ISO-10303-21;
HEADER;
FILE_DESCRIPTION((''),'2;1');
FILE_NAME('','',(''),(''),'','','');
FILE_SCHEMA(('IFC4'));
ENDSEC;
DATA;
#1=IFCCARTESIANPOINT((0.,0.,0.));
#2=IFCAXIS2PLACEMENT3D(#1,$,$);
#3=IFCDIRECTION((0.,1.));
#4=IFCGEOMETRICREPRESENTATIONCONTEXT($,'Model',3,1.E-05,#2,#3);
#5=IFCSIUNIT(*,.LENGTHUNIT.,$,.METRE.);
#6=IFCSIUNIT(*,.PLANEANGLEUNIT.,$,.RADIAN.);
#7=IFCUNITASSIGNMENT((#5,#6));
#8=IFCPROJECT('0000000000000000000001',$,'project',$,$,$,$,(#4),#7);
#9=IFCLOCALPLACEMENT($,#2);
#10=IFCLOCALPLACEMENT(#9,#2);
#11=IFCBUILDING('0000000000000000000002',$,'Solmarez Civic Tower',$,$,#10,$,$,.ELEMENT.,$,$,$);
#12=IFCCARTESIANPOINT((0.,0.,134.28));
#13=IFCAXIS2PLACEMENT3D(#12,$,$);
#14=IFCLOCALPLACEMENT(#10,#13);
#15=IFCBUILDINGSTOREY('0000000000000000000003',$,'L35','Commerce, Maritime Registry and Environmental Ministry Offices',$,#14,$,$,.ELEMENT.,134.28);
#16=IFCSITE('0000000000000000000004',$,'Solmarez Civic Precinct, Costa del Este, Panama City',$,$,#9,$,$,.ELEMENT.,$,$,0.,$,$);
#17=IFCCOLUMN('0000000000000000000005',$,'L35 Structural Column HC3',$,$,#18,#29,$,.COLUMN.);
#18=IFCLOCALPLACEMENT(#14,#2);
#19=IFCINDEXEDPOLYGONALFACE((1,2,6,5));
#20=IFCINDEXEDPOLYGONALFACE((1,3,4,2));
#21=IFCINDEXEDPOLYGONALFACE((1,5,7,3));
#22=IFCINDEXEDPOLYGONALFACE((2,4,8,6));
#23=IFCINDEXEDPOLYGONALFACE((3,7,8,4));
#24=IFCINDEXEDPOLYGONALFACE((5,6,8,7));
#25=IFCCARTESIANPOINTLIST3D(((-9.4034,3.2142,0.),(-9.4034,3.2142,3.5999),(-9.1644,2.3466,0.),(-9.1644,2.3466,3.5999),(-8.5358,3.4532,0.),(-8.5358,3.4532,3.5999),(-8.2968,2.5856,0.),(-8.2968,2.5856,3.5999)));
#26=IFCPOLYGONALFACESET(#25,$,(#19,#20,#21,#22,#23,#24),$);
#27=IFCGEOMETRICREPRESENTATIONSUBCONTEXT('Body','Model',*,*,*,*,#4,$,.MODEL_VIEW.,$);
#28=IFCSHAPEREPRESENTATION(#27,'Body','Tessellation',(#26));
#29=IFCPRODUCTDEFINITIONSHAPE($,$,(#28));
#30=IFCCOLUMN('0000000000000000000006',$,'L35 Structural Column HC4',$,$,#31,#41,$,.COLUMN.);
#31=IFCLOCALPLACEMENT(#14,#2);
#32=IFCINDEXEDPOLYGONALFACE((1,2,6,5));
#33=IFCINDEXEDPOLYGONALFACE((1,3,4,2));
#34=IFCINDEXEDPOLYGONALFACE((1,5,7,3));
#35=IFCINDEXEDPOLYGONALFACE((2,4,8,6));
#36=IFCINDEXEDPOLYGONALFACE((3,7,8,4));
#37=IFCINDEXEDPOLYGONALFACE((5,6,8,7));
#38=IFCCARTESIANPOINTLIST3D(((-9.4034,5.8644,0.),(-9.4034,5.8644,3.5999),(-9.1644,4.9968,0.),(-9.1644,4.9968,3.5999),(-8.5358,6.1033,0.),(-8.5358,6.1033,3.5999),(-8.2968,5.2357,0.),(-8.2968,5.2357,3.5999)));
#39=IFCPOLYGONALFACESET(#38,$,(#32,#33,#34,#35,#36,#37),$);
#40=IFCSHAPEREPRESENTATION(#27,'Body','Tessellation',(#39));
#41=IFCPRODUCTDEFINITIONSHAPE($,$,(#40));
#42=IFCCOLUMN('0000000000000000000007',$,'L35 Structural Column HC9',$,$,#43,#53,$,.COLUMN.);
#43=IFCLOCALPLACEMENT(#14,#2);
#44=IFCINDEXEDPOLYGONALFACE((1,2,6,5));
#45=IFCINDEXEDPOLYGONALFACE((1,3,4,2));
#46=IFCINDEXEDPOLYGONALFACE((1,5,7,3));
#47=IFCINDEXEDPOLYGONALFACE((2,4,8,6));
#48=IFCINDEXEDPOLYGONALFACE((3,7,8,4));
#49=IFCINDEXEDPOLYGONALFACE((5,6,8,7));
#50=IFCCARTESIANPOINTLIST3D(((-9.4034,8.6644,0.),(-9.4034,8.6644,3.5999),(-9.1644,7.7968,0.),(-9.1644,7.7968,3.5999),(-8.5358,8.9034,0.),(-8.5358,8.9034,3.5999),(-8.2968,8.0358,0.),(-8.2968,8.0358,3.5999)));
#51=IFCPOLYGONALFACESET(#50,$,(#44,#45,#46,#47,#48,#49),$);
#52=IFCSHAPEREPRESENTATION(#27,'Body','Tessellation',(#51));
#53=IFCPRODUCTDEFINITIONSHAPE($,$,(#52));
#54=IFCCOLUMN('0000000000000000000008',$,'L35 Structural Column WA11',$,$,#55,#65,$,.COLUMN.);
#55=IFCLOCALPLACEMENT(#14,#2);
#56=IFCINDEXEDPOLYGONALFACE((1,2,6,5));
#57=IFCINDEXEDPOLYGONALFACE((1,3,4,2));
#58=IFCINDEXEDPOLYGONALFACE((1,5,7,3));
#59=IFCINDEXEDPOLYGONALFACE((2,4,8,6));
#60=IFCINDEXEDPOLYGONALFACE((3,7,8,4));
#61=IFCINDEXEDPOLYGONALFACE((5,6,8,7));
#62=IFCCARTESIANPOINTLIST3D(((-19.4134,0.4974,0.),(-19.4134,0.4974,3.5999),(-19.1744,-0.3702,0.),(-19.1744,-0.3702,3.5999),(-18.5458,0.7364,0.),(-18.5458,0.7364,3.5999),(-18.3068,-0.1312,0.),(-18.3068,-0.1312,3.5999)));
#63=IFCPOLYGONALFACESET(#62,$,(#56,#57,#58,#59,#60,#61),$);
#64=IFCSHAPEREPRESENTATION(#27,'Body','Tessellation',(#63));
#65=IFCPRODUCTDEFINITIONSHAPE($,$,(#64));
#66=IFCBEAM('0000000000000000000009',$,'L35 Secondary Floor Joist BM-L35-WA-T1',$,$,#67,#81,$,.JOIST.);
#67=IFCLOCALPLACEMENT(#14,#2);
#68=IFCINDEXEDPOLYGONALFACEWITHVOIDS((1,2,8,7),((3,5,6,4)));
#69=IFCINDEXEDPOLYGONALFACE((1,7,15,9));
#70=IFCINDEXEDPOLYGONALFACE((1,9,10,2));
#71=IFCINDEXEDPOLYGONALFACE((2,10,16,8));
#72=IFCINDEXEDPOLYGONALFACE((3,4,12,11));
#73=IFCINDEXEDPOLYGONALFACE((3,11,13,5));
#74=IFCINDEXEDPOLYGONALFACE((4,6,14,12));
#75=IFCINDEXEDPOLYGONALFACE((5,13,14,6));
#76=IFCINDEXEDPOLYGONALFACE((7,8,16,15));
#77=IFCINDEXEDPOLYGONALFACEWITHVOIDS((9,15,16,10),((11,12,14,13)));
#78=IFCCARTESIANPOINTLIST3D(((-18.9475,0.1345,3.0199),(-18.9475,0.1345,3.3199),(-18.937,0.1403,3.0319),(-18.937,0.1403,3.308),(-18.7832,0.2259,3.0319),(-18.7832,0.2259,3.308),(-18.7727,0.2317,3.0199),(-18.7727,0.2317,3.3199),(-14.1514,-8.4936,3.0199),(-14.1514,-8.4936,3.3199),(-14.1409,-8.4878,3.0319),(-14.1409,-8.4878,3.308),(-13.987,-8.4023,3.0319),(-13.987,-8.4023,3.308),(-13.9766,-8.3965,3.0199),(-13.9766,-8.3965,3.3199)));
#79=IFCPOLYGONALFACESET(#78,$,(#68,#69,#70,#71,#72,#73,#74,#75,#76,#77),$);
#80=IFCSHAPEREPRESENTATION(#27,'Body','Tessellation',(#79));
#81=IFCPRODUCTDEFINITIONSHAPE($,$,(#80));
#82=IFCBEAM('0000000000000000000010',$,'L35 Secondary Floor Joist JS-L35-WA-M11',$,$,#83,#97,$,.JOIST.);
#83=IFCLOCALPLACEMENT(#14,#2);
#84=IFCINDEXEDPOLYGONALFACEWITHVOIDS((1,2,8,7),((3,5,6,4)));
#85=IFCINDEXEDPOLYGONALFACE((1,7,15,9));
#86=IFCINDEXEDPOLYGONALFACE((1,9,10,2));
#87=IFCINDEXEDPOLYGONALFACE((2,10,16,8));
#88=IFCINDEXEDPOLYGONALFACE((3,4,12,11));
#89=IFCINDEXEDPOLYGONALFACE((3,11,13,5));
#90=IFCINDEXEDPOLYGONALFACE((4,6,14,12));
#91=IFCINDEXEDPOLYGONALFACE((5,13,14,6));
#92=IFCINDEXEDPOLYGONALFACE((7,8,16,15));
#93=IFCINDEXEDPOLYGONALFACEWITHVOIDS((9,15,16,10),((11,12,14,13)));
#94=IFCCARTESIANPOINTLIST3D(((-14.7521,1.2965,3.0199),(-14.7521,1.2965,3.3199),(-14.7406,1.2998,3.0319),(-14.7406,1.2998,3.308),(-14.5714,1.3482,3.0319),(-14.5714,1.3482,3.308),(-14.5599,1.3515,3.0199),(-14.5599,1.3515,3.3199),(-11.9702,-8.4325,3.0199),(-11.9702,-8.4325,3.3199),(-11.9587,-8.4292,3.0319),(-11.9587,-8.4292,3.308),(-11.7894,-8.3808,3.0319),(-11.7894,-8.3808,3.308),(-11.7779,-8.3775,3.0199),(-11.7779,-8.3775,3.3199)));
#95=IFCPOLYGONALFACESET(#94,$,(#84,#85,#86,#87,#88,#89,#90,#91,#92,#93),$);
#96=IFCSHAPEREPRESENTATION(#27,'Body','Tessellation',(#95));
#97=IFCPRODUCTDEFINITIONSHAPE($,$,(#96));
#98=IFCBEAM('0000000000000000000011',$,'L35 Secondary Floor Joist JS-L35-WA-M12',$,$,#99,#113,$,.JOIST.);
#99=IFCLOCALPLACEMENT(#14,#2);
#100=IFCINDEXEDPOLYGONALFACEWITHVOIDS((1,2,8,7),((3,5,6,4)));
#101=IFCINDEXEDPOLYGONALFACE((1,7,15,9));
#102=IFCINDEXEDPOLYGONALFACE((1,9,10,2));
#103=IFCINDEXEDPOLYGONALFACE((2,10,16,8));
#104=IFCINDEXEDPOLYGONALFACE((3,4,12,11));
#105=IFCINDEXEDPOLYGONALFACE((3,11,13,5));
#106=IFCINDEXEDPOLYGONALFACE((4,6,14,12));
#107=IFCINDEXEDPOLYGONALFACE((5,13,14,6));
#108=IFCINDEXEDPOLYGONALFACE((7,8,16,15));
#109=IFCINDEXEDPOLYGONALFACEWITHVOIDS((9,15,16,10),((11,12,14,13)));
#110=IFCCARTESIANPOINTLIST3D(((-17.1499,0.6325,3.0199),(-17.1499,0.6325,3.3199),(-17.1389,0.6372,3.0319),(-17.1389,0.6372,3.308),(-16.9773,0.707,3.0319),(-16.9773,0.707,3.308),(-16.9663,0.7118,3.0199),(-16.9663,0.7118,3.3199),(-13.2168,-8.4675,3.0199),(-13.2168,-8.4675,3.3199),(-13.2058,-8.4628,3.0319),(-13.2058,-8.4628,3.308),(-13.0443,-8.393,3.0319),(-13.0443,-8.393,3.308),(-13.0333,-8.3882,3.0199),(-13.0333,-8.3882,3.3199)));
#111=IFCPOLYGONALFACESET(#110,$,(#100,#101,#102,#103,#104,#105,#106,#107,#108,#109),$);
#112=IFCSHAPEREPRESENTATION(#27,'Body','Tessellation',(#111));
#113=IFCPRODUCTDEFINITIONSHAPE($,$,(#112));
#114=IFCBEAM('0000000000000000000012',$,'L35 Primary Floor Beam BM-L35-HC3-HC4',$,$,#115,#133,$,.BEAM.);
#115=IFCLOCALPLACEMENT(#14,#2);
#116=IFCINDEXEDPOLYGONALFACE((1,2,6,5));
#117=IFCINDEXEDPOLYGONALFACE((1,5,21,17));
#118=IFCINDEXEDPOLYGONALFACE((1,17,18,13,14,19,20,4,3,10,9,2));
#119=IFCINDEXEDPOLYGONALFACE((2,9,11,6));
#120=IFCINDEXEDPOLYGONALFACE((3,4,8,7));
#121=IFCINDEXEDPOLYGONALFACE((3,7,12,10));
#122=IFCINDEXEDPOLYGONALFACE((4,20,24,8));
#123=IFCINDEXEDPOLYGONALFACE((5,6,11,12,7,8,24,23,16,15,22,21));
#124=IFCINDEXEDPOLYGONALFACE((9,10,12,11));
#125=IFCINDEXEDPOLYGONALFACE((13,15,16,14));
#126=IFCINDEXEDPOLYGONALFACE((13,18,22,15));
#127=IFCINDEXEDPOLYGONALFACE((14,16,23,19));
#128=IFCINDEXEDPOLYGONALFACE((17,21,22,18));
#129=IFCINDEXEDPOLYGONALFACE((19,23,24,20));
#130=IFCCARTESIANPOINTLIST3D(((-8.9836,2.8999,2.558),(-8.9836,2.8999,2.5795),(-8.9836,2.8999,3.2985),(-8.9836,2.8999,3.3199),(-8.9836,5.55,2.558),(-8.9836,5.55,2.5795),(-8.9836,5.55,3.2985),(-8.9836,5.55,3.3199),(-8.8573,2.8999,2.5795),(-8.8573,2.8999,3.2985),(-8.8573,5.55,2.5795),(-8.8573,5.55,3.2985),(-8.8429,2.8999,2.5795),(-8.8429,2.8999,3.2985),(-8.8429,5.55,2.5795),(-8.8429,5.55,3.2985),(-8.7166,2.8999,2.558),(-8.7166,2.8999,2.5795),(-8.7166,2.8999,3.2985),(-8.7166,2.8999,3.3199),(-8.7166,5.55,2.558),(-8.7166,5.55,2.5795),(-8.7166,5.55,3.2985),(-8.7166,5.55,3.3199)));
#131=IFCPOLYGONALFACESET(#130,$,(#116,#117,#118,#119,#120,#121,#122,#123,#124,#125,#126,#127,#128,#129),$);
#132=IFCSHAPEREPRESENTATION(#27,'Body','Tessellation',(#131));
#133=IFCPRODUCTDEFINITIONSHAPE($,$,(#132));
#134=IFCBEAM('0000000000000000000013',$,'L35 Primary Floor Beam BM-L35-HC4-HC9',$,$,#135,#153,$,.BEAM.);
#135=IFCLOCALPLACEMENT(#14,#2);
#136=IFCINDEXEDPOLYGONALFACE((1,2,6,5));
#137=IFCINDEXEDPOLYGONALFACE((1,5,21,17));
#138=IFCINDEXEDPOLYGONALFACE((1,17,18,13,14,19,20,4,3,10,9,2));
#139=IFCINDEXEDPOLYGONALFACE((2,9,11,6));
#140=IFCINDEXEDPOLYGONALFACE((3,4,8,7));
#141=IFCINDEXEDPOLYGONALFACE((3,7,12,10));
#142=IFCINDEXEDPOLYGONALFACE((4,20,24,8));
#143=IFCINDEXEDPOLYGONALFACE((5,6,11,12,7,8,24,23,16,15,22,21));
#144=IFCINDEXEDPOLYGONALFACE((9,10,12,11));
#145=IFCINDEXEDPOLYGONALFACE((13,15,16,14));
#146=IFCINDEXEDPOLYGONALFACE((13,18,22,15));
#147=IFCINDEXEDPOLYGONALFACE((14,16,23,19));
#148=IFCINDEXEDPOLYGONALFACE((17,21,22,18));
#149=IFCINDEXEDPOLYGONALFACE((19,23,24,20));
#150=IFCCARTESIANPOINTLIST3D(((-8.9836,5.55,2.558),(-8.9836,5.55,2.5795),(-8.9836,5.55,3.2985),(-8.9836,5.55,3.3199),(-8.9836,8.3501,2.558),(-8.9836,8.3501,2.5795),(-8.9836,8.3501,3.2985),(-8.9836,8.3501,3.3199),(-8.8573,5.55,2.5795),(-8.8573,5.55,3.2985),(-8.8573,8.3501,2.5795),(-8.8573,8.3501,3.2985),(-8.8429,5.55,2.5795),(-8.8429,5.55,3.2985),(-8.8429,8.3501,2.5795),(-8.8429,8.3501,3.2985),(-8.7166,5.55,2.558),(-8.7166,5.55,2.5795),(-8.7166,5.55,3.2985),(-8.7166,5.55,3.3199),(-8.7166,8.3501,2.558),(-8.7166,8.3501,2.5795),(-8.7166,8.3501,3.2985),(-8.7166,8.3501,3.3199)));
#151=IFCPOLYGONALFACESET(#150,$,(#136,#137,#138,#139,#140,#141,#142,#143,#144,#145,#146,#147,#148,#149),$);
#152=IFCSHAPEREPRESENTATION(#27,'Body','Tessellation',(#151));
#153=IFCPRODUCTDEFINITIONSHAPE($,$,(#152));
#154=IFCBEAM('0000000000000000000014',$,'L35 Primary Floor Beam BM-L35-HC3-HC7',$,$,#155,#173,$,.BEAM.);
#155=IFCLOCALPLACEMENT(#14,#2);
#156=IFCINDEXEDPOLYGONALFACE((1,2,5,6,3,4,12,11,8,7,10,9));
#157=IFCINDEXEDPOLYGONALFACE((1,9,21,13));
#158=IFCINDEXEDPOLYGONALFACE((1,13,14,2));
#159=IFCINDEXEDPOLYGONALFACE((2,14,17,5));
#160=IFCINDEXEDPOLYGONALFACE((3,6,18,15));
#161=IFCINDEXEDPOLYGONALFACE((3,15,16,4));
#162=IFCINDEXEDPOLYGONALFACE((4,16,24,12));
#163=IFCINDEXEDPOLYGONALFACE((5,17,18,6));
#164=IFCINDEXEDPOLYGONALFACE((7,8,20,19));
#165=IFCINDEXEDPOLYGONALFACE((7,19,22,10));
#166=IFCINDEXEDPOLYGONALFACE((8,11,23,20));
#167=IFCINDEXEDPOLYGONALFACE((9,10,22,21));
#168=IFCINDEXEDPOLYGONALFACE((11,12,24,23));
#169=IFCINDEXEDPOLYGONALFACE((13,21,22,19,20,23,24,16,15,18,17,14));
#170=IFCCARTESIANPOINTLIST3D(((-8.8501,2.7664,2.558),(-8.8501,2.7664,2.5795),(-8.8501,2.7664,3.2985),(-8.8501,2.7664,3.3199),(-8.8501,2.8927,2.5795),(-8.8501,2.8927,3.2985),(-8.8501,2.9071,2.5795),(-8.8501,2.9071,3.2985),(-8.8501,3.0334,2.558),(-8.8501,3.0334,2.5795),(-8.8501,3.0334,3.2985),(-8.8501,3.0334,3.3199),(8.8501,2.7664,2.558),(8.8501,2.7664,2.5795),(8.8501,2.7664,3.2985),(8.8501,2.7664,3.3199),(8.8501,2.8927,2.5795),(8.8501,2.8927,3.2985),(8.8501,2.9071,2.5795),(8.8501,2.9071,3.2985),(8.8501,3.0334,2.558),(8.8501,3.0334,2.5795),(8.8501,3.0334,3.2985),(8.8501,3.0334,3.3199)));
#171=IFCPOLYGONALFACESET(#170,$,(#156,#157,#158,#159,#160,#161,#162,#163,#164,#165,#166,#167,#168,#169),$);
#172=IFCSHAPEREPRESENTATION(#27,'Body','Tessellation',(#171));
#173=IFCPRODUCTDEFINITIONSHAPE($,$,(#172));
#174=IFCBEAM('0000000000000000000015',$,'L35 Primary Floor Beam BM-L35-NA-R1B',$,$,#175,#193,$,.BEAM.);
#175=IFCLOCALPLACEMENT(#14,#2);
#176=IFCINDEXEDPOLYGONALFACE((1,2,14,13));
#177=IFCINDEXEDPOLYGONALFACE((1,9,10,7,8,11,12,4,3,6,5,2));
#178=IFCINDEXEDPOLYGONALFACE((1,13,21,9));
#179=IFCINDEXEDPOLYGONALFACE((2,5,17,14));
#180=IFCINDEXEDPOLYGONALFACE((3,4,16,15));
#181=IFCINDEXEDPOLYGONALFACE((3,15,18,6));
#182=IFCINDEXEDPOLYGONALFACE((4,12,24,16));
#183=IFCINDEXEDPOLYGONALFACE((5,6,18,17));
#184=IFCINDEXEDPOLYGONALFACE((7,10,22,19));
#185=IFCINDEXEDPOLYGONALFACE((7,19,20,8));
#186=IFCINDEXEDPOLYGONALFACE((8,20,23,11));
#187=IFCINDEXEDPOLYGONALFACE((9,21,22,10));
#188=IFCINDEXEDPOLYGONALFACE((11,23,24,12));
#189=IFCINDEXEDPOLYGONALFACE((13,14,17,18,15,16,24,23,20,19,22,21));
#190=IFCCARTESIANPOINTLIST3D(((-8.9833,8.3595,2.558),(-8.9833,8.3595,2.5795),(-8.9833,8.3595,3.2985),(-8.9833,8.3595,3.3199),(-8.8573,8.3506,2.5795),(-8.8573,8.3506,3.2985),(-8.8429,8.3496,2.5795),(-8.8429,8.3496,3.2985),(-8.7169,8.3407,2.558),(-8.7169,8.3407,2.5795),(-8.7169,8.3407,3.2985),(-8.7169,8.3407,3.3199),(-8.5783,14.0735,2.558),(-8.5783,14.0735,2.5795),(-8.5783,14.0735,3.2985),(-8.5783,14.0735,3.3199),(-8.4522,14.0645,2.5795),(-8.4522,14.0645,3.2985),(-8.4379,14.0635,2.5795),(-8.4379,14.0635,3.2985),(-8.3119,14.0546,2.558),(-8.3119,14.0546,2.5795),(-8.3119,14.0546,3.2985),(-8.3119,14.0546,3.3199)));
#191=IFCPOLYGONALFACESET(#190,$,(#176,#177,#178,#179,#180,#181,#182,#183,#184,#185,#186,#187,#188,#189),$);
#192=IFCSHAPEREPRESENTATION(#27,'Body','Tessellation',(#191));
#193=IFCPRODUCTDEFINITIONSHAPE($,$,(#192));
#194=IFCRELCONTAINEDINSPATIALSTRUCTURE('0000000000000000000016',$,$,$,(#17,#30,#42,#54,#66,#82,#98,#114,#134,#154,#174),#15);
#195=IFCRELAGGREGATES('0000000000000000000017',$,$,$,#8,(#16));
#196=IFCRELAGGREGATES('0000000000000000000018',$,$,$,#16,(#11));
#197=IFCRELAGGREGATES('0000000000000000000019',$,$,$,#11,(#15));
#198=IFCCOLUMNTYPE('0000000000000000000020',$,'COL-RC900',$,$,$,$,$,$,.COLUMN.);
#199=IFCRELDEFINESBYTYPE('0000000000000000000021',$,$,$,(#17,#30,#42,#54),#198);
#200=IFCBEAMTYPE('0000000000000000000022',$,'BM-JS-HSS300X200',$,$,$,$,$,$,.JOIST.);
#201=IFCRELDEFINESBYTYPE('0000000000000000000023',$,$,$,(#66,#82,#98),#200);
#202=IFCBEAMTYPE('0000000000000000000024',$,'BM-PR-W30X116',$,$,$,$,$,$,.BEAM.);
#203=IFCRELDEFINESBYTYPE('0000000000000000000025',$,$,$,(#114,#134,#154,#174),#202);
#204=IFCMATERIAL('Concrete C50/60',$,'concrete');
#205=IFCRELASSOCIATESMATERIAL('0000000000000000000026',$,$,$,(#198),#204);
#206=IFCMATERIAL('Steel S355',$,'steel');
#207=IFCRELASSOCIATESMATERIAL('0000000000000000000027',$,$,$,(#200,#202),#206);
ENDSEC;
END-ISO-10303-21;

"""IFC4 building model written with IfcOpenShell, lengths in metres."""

from ifc_helpers import new_model, si_unit, direction, frame, origin, origin_2d, place, context, subcontext, project, spatial, rectangle, hollow_rectangle, i_section, extrude, material, material_profile, profile_set, type_object, element, save


model = new_model("IFC4")

# Units and contexts
model_context = context("Model", 3, precision=1e-05, world=origin(), true_north=direction((0.0, 1.0)))
body_context = subcontext(model_context, "Body", "Model", "MODEL_VIEW")
ifc_project = project(units=[si_unit("LENGTHUNIT", "METRE"), si_unit("PLANEANGLEUNIT", "RADIAN")], contexts=[model_context])

# Site, building, storey
site_placement = place(None, origin())
site = spatial("IfcSite", under=ifc_project, at=site_placement, Name="Solmarez Civic Precinct, Costa del Este, Panama City", CompositionType="ELEMENT", RefElevation=0.0)
building_placement = place(site_placement, origin())
building = spatial("IfcBuilding", under=site, at=building_placement, Name="Solmarez Civic Tower", CompositionType="ELEMENT")
storey_placement = place(building_placement, frame((0.0, 0.0, 134.28)))
storey = spatial("IfcBuildingStorey", under=building, at=storey_placement, Name="L35", Description="Commerce, Maritime Registry and Environmental Ministry Offices", CompositionType="ELEMENT", Elevation=134.28)

# Columns
ifc_material_1 = material(Name="Concrete C50/60", Category="concrete")
ifc_material_profile_1 = material_profile(ifc_material_1, rectangle(XDim=0.8999, YDim=0.8999, at=origin_2d()), Name="RC900X900")
ifc_profile_set_1 = profile_set([ifc_material_profile_1], Name="Concrete C50/60")
column_type = type_object("IfcColumnType", Name="COL-RC900", PredefinedType="COLUMN", material=ifc_profile_set_1)
for number, where, z_axis, x_axis, name in (
    (1, (-8.8501, 2.8999, 0.0), (0.0, 0.0, 1.0), (0.964095, 0.265556, 0.0), "L35 Structural Column HC3"),
    (2, (-8.8501, 5.55, 0.0), (0.0, 0.0, 1.0), (0.964095, 0.265556, 0.0), "L35 Structural Column HC4"),
    (3, (-8.8501, 8.3501, 0.0), (0.0, 0.0, 1.0), (0.964095, 0.265556, 0.0), "L35 Structural Column HC9"),
    (4, (-18.8601, 0.1831, 0.0), (0.0, 0.0, 1.0), (0.964095, 0.265556, 0.0), "L35 Structural Column WA11"),
):
    element("IfcColumn", number, at=place(storey_placement, frame(where, z_axis=z_axis, x_axis=x_axis)), inside=storey, type_object=column_type, Name=name, PredefinedType="COLUMN", context=body_context, shape_type="SweptSolid", body=[
        extrude(rectangle(XDim=0.8999, YDim=0.8999, at=origin_2d()), origin(), (0.0, 0.0, 1.0), 3.5999),
    ])

# Beams
ifc_material_2 = material(Name="Steel S355", Category="steel")
ifc_material_profile_2 = material_profile(ifc_material_2, hollow_rectangle(XDim=0.2, YDim=0.3, WallThickness=0.012, at=origin_2d()), Name="HSS300X200X12")
ifc_profile_set_2 = profile_set([ifc_material_profile_2], Name="Steel S355")
beam_type_1 = type_object("IfcBeamType", Name="BM-JS-HSS300X200", PredefinedType="JOIST", material=ifc_profile_set_2)
beam_1_placement = place(storey_placement, frame((-18.8601, 0.1831, 3.1699), z_axis=(0.485853, -0.874041, 0.0), x_axis=(0.874041, 0.485853, 0.0)))
element("IfcBeam", 5, at=beam_1_placement, inside=storey, type_object=beam_type_1, Name="L35 Secondary Floor Joist BM-L35-WA-T1", PredefinedType="JOIST", context=body_context, shape_type="SweptSolid", body=[
    extrude(hollow_rectangle(XDim=0.2, YDim=0.3, WallThickness=0.012, at=origin_2d()), origin(), (0.0, 0.0, 1.0), 9.8716),
])
beam_2_placement = place(storey_placement, frame((-14.656, 1.324, 3.1699), z_axis=(0.274928, -0.961465, 0.0), x_axis=(0.961465, 0.274928, 0.0)))
element("IfcBeam", 6, at=beam_2_placement, inside=storey, type_object=beam_type_1, Name="L35 Secondary Floor Joist JS-L35-WA-M11", PredefinedType="JOIST", context=body_context, shape_type="SweptSolid", body=[
    extrude(hollow_rectangle(XDim=0.2, YDim=0.3, WallThickness=0.012, at=origin_2d()), origin(), (0.0, 0.0, 1.0), 10.1189),
])
beam_3_placement = place(storey_placement, frame((-17.0581, 0.6721, 3.1699), z_axis=(0.396735, -0.917933, 0.0), x_axis=(0.917933, 0.396735, 0.0)))
element("IfcBeam", 7, at=beam_3_placement, inside=storey, type_object=beam_type_1, Name="L35 Secondary Floor Joist JS-L35-WA-M12", PredefinedType="JOIST", context=body_context, shape_type="SweptSolid", body=[
    extrude(hollow_rectangle(XDim=0.2, YDim=0.3, WallThickness=0.012, at=origin_2d()), origin(), (0.0, 0.0, 1.0), 9.9136),
])
ifc_material_profile_3 = material_profile(ifc_material_2, i_section(OverallWidth=0.2671, OverallDepth=0.762, WebThickness=0.0144, FlangeThickness=0.0215, at=origin_2d()), Name="W30X116")
ifc_profile_set_3 = profile_set([ifc_material_profile_3], Name="Steel S355")
beam_type_2 = type_object("IfcBeamType", Name="BM-PR-W30X116", PredefinedType="BEAM", material=ifc_profile_set_3)
beam_4_placement = place(storey_placement, frame((-8.8501, 2.8999, 2.939), z_axis=(0.0, 1.0, 0.0), x_axis=(-1.0, 0.0, 0.0)))
element("IfcBeam", 8, at=beam_4_placement, inside=storey, type_object=beam_type_2, Name="L35 Primary Floor Beam BM-L35-HC3-HC4", PredefinedType="BEAM", context=body_context, shape_type="SweptSolid", body=[
    extrude(i_section(OverallWidth=0.2671, OverallDepth=0.762, WebThickness=0.0144, FlangeThickness=0.0215, at=origin_2d()), origin(), (0.0, 0.0, 1.0), 2.6501),
])
beam_5_placement = place(storey_placement, frame((-8.8501, 5.55, 2.939), z_axis=(0.0, 1.0, 0.0), x_axis=(-1.0, 0.0, 0.0)))
element("IfcBeam", 9, at=beam_5_placement, inside=storey, type_object=beam_type_2, Name="L35 Primary Floor Beam BM-L35-HC4-HC9", PredefinedType="BEAM", context=body_context, shape_type="SweptSolid", body=[
    extrude(i_section(OverallWidth=0.2671, OverallDepth=0.762, WebThickness=0.0144, FlangeThickness=0.0215, at=origin_2d()), origin(), (0.0, 0.0, 1.0), 2.8),
])
beam_6_placement = place(storey_placement, frame((-8.8501, 2.8999, 2.939), z_axis=(1.0, 0.0, 0.0), x_axis=(0.0, 1.0, 0.0)))
element("IfcBeam", 10, at=beam_6_placement, inside=storey, type_object=beam_type_2, Name="L35 Primary Floor Beam BM-L35-HC3-HC7", PredefinedType="BEAM", context=body_context, shape_type="SweptSolid", body=[
    extrude(i_section(OverallWidth=0.2671, OverallDepth=0.762, WebThickness=0.0144, FlangeThickness=0.0215, at=origin_2d()), origin(), (0.0, 0.0, 1.0), 17.7002),
])
beam_7_placement = place(storey_placement, frame((-8.8501, 8.3501, 2.939), z_axis=(0.070708, 0.997497, 0.0), x_axis=(-0.997497, 0.070708, 0.0)))
element("IfcBeam", 11, at=beam_7_placement, inside=storey, type_object=beam_type_2, Name="L35 Primary Floor Beam BM-L35-NA-R1B", PredefinedType="BEAM", context=body_context, shape_type="SweptSolid", body=[
    extrude(i_section(OverallWidth=0.2671, OverallDepth=0.762, WebThickness=0.0144, FlangeThickness=0.0215, at=origin_2d()), origin(), (0.0, 0.0, 1.0), 5.7283),
])

save(model, "model.ifc")
